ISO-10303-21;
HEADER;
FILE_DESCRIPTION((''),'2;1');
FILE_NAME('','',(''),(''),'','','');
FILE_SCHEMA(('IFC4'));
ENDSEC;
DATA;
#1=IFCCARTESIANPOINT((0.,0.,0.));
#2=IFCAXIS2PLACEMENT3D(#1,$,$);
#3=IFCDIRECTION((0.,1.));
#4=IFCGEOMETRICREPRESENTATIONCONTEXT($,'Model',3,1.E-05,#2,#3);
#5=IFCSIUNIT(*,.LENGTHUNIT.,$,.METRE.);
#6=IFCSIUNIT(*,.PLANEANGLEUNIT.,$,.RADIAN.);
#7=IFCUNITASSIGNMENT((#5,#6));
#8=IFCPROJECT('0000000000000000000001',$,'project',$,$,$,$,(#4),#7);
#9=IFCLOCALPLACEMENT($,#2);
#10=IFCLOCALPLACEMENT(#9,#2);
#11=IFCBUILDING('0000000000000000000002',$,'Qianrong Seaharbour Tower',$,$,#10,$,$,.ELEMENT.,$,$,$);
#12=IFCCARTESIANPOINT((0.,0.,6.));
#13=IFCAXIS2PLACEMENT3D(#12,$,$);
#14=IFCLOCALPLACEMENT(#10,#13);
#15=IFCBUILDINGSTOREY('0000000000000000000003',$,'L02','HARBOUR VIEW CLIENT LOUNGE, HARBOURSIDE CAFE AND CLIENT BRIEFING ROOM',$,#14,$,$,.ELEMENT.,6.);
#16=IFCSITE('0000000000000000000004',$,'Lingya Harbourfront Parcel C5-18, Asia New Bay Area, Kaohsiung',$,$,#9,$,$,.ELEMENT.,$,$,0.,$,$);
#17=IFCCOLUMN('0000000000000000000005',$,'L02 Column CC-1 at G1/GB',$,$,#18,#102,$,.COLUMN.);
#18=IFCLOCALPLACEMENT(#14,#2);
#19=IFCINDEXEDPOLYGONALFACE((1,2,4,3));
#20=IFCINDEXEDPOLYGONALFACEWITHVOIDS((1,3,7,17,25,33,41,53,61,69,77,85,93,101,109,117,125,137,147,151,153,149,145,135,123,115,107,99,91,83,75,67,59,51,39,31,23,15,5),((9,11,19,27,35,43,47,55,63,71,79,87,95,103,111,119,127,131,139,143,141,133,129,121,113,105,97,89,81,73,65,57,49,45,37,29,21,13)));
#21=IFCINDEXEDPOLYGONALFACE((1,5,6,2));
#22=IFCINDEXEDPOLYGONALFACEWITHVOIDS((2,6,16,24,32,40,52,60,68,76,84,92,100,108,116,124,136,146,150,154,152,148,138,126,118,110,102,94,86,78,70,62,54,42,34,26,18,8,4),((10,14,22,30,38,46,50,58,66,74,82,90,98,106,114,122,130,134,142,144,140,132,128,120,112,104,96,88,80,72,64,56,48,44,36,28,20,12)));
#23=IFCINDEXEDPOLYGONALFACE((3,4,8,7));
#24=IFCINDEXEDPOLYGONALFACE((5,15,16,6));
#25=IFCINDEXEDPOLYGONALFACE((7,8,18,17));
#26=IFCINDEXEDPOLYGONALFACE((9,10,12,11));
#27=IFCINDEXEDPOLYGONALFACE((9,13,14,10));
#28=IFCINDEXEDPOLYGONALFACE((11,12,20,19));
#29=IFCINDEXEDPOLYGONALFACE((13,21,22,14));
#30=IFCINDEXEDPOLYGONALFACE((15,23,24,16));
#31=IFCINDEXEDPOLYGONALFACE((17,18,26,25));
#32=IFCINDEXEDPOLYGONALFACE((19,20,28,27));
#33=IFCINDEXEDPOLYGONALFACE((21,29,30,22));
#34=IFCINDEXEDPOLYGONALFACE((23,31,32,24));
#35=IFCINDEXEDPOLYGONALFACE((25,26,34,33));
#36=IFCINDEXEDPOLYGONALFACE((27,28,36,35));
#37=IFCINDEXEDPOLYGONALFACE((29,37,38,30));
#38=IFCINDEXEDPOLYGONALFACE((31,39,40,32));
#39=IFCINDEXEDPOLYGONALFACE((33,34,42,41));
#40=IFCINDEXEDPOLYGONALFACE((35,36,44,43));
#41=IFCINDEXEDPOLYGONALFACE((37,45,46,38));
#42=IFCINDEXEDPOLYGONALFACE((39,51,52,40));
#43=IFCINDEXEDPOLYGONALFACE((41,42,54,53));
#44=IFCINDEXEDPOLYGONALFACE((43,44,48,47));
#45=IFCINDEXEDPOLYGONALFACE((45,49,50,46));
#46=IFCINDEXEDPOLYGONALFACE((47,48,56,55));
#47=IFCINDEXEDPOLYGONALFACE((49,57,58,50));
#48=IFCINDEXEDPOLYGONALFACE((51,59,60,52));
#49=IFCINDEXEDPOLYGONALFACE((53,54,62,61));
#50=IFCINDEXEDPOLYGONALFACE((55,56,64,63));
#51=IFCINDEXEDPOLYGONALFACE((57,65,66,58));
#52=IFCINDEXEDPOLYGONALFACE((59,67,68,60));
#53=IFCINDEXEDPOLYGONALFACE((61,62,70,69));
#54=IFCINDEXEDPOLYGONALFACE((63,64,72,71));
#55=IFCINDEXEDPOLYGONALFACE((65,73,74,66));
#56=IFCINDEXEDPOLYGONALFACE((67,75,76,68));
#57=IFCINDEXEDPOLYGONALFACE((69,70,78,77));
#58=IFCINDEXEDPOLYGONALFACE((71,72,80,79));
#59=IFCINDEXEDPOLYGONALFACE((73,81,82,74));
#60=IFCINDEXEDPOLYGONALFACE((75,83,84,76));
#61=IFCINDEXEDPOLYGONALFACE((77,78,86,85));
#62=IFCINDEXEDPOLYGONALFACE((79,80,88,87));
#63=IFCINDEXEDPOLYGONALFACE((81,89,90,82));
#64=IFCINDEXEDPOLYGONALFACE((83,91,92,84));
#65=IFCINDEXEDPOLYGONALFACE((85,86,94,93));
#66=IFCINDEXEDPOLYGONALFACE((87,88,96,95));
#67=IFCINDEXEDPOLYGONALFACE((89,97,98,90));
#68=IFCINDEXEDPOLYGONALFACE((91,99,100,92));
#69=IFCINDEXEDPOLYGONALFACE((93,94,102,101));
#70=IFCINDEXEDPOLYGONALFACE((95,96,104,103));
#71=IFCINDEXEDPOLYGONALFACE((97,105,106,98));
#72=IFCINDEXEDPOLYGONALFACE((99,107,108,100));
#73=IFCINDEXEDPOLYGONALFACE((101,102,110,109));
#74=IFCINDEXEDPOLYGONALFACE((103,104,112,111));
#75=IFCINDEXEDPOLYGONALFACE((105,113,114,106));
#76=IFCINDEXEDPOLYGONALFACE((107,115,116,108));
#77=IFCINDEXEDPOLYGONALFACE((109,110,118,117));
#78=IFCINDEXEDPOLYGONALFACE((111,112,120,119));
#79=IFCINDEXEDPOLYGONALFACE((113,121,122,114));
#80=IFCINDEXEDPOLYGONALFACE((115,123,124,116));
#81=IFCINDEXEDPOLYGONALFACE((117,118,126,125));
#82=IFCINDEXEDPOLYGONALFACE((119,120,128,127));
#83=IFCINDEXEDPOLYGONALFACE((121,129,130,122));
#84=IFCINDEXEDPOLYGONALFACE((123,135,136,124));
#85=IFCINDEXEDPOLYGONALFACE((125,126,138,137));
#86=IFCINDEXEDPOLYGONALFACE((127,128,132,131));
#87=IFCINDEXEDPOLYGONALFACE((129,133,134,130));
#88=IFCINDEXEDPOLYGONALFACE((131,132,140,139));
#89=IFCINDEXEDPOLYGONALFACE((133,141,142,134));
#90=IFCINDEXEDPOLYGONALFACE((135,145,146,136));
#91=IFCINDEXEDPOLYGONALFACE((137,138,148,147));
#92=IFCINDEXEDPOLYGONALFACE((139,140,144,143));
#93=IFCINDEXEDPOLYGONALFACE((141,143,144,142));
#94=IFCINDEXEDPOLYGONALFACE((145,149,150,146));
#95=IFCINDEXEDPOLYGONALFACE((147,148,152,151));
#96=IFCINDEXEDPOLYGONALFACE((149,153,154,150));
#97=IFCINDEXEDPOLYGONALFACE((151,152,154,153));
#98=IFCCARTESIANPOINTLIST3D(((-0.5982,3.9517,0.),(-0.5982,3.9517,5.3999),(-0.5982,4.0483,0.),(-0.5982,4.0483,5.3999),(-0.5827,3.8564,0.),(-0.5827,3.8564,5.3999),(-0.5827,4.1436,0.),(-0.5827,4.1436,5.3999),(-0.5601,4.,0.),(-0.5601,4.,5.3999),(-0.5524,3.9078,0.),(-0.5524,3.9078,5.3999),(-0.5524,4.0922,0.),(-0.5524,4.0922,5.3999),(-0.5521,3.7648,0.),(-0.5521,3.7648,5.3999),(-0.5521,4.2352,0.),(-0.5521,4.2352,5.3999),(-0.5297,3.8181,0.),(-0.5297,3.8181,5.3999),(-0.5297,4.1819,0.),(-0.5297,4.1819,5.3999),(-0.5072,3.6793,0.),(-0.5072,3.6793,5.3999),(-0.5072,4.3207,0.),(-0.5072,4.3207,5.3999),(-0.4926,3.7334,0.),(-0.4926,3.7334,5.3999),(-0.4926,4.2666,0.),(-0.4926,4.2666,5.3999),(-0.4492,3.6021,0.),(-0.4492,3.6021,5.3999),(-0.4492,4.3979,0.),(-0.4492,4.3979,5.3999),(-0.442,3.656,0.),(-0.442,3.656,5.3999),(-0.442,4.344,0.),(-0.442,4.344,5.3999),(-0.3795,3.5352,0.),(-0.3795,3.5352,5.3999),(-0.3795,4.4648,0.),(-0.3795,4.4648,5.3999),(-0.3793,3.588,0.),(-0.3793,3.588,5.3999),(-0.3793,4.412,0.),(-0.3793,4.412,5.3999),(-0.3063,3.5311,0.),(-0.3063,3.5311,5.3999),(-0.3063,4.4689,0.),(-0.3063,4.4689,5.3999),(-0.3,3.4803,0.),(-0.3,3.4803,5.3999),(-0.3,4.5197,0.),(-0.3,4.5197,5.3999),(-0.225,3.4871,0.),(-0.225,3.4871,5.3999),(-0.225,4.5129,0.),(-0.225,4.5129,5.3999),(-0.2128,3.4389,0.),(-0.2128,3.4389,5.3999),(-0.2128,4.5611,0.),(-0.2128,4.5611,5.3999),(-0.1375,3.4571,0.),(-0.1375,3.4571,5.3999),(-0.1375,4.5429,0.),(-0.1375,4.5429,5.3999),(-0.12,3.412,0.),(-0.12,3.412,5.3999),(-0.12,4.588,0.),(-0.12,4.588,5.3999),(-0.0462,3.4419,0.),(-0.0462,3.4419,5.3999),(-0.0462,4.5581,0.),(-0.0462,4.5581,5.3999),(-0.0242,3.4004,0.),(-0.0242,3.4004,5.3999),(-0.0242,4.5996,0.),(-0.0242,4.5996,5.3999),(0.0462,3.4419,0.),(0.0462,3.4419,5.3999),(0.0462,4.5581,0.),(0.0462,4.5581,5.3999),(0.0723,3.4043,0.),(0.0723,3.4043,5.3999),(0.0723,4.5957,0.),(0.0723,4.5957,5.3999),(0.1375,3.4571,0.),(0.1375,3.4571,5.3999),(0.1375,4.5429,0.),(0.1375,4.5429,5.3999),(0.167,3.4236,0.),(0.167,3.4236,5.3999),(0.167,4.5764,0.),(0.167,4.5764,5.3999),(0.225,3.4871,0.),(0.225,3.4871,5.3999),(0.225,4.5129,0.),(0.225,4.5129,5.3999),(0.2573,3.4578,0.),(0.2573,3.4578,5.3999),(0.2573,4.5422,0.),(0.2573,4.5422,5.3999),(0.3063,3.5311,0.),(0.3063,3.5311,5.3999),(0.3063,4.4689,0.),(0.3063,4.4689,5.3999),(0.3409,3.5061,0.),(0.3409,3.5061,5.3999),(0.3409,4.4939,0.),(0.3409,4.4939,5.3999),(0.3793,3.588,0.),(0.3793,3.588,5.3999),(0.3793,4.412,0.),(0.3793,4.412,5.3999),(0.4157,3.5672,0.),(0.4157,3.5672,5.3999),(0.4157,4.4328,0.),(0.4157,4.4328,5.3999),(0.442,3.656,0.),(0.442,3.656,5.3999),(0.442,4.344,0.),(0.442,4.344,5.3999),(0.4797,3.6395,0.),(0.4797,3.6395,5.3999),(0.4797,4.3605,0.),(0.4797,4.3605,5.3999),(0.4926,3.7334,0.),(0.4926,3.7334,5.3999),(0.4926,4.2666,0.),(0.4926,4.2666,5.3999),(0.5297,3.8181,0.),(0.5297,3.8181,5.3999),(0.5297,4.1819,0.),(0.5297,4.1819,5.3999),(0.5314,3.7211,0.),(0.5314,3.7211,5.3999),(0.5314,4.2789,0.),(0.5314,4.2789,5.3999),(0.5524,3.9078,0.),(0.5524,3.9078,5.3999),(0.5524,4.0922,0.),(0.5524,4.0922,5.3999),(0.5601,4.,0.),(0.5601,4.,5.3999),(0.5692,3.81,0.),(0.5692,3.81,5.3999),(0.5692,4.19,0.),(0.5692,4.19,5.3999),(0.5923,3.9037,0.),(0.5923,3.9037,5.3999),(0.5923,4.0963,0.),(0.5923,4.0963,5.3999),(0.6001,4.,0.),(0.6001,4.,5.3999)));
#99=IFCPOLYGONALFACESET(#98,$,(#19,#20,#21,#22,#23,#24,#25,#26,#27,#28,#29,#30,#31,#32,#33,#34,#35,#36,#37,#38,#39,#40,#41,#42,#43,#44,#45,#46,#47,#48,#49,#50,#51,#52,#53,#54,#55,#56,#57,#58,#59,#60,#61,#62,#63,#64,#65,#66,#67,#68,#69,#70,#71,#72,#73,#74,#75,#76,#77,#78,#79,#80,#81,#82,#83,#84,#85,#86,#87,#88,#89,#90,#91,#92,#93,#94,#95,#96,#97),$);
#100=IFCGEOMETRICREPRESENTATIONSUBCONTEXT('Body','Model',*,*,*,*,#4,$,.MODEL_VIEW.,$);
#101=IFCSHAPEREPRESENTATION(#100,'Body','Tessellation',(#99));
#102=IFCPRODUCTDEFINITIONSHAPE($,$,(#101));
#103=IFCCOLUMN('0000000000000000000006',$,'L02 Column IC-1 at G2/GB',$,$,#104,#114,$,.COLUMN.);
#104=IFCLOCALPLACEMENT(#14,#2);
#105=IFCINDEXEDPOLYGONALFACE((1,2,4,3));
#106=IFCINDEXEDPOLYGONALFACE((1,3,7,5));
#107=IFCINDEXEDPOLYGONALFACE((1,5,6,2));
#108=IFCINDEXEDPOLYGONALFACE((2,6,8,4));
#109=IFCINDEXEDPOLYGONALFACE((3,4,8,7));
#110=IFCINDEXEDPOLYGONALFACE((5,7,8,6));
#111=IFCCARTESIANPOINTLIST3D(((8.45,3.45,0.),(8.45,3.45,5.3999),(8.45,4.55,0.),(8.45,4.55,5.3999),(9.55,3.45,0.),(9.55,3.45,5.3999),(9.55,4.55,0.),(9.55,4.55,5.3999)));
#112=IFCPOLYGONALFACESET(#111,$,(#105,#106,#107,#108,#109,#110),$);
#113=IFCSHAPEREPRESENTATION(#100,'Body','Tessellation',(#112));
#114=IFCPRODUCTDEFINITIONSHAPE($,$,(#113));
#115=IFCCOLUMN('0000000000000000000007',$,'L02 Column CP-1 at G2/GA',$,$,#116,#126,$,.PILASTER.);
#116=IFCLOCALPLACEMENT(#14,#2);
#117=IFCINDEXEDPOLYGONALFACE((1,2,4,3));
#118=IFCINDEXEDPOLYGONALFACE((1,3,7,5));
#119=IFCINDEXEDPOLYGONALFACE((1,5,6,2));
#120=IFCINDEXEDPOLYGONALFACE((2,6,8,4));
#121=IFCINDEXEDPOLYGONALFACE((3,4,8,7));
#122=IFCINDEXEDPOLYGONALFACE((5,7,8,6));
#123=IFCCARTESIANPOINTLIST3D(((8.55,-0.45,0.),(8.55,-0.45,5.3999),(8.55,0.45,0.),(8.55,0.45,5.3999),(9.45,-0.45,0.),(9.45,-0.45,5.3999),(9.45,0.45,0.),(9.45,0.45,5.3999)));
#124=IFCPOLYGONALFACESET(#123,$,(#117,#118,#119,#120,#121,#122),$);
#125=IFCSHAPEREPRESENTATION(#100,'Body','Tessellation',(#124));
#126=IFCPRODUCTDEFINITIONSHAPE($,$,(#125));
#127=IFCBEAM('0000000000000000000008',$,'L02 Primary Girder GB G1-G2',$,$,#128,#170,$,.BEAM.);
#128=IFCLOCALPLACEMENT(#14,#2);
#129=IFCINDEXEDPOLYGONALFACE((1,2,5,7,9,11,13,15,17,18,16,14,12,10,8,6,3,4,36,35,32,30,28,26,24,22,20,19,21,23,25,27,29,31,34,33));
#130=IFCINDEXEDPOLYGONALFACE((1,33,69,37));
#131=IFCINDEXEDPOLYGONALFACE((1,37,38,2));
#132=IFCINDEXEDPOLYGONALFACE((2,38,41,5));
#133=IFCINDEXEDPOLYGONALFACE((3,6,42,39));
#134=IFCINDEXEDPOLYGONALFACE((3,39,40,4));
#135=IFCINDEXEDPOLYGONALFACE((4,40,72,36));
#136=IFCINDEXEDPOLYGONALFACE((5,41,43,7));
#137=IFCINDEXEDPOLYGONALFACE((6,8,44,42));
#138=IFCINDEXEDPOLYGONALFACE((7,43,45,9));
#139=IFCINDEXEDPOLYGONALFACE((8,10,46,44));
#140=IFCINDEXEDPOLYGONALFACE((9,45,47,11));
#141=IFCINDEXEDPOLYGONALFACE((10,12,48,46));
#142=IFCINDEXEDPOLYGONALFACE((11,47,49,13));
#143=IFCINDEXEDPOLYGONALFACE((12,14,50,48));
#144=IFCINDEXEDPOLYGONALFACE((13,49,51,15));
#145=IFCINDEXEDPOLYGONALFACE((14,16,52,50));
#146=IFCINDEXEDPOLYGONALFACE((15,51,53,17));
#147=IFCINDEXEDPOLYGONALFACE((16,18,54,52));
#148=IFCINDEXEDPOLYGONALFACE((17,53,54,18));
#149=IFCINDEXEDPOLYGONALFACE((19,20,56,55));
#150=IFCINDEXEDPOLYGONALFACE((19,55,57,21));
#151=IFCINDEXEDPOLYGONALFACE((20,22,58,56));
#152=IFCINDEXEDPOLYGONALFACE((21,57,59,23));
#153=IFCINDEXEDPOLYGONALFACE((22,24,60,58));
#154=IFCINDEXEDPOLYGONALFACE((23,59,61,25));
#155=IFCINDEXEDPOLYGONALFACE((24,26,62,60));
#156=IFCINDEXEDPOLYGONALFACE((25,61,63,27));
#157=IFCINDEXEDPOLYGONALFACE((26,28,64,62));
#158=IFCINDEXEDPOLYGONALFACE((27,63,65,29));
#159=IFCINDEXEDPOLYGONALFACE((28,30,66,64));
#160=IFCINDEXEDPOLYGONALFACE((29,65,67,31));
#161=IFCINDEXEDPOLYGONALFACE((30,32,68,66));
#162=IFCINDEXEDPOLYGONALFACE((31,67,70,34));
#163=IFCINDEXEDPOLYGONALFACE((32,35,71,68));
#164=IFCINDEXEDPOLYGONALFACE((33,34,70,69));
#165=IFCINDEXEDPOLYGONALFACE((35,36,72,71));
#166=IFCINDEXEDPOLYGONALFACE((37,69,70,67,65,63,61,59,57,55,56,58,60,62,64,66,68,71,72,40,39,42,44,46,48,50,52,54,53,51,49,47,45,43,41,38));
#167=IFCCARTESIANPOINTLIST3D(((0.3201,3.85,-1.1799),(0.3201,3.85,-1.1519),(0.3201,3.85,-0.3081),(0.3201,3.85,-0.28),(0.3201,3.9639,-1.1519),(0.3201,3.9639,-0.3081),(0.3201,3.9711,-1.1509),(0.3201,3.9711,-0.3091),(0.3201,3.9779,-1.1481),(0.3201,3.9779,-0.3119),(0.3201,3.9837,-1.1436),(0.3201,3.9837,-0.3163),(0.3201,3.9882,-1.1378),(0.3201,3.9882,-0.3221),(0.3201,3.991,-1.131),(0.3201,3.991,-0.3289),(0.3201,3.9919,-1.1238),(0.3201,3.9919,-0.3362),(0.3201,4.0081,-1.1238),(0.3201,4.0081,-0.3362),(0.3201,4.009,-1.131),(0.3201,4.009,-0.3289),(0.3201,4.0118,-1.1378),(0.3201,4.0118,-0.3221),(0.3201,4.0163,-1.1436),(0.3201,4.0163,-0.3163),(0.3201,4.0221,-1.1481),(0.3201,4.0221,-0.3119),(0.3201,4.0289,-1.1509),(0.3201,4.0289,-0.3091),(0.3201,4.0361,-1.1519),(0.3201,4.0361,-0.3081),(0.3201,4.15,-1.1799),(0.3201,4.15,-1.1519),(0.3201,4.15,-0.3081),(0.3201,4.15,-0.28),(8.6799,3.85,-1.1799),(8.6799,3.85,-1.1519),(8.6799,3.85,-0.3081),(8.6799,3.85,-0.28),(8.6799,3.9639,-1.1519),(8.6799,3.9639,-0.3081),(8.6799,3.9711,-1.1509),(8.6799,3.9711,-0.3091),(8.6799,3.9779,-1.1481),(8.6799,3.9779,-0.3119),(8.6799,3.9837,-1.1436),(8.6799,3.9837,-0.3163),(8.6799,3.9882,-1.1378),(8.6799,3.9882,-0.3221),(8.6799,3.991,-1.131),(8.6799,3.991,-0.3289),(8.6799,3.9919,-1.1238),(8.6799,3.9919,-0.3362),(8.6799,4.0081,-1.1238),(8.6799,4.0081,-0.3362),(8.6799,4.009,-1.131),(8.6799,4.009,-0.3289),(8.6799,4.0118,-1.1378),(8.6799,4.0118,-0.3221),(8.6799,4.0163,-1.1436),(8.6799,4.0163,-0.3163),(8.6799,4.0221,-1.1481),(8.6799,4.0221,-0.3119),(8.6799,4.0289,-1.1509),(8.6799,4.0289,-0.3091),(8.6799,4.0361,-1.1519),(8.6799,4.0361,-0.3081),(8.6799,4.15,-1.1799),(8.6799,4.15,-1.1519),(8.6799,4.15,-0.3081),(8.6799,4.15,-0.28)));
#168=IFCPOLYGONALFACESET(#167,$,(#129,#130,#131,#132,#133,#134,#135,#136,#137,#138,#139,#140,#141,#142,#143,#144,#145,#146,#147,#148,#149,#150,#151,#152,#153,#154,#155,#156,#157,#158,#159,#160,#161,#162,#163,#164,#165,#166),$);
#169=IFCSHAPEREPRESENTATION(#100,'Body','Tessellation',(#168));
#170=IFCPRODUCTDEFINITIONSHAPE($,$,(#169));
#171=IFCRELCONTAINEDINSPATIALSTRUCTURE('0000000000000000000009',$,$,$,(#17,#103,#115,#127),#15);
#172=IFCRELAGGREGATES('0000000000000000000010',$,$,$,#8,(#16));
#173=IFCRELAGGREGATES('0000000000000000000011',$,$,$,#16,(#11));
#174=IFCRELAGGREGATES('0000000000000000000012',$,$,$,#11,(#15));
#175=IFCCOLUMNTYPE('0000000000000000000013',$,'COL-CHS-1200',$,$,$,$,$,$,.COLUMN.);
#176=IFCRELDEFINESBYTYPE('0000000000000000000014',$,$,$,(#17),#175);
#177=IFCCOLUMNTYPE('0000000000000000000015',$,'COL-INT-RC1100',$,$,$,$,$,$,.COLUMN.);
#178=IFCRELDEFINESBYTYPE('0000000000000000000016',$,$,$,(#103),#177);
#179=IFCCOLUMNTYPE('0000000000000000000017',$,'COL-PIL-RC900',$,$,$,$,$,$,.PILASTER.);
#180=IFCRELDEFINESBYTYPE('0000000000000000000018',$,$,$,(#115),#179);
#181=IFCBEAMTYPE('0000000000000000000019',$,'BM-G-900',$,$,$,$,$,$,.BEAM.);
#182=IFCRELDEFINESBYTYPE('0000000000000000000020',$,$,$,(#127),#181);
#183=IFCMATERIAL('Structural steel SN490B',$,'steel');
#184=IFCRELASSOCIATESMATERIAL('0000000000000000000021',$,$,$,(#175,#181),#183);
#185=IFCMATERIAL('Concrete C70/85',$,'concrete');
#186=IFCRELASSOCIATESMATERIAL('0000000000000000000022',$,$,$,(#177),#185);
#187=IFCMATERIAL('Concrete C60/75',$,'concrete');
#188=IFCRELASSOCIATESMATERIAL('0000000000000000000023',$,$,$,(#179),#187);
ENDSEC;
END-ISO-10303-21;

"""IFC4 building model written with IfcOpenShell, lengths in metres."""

from ifc_helpers import new_model, si_unit, direction, frame, origin, origin_2d, place, context, subcontext, project, spatial, rectangle, hollow_circle, i_section, extrude, material, material_profile, profile_set, type_object, element, save


model = new_model("IFC4")

# Units and contexts
model_context = context("Model", 3, precision=1e-05, world=origin(), true_north=direction((0.0, 1.0)))
body_context = subcontext(model_context, "Body", "Model", "MODEL_VIEW")
ifc_project = project(units=[si_unit("LENGTHUNIT", "METRE"), si_unit("PLANEANGLEUNIT", "RADIAN")], contexts=[model_context])

# Site, building, storey
site_placement = place(None, origin())
site = spatial("IfcSite", under=ifc_project, at=site_placement, Name="Lingya Harbourfront Parcel C5-18, Asia New Bay Area, Kaohsiung", CompositionType="ELEMENT", RefElevation=0.0)
building_placement = place(site_placement, origin())
building = spatial("IfcBuilding", under=site, at=building_placement, Name="Qianrong Seaharbour Tower", CompositionType="ELEMENT")
storey_placement = place(building_placement, frame((0.0, 0.0, 6.0)))
storey = spatial("IfcBuildingStorey", under=building, at=storey_placement, Name="L02", Description="HARBOUR VIEW CLIENT LOUNGE, HARBOURSIDE CAFE AND CLIENT BRIEFING ROOM", CompositionType="ELEMENT", Elevation=6.0)

# Columns
ifc_material_1 = material(Name="Structural steel SN490B", Category="steel")
ifc_material_profile_1 = material_profile(ifc_material_1, hollow_circle(Radius=0.6001, WallThickness=0.04, at=origin_2d()), Name="CHS1200x40")
ifc_profile_set_1 = profile_set([ifc_material_profile_1], Name="Structural steel SN490B")
column_type_1 = type_object("IfcColumnType", Name="COL-CHS-1200", PredefinedType="COLUMN", material=ifc_profile_set_1)
column_1_placement = place(storey_placement, frame((0.0, 4.0, 0.0), z_axis=(0.0, 0.0, 1.0), x_axis=(1.0, 0.0, 0.0)))
element("IfcColumn", 1, at=column_1_placement, inside=storey, type_object=column_type_1, Name="L02 Column CC-1 at G1/GB", PredefinedType="COLUMN", context=body_context, shape_type="SweptSolid", body=[
    extrude(hollow_circle(Radius=0.6001, WallThickness=0.04, at=origin_2d()), origin(), (0.0, 0.0, 1.0), 5.3999),
])
ifc_material_2 = material(Name="Concrete C70/85", Category="concrete")
ifc_material_profile_2 = material_profile(ifc_material_2, rectangle(XDim=1.1001, YDim=1.1001, at=origin_2d()), Name="RC1100x1100")
ifc_profile_set_2 = profile_set([ifc_material_profile_2], Name="Concrete C70/85")
column_type_2 = type_object("IfcColumnType", Name="COL-INT-RC1100", PredefinedType="COLUMN", material=ifc_profile_set_2)
column_2_placement = place(storey_placement, frame((9.0, 4.0, 0.0), z_axis=(0.0, 0.0, 1.0), x_axis=(1.0, 0.0, 0.0)))
element("IfcColumn", 2, at=column_2_placement, inside=storey, type_object=column_type_2, Name="L02 Column IC-1 at G2/GB", PredefinedType="COLUMN", context=body_context, shape_type="SweptSolid", body=[
    extrude(rectangle(XDim=1.1001, YDim=1.1001, at=origin_2d()), origin(), (0.0, 0.0, 1.0), 5.3999),
])
ifc_material_3 = material(Name="Concrete C60/75", Category="concrete")
ifc_material_profile_3 = material_profile(ifc_material_3, rectangle(XDim=0.8999, YDim=0.8999, at=origin_2d()), Name="RC900x900")
ifc_profile_set_3 = profile_set([ifc_material_profile_3], Name="Concrete C60/75")
column_type_3 = type_object("IfcColumnType", Name="COL-PIL-RC900", PredefinedType="PILASTER", material=ifc_profile_set_3)
column_3_placement = place(storey_placement, frame((9.0, 0.0, 0.0), z_axis=(0.0, 0.0, 1.0), x_axis=(1.0, 0.0, 0.0)))
element("IfcColumn", 3, at=column_3_placement, inside=storey, type_object=column_type_3, Name="L02 Column CP-1 at G2/GA", PredefinedType="PILASTER", context=body_context, shape_type="SweptSolid", body=[
    extrude(rectangle(XDim=0.8999, YDim=0.8999, at=origin_2d()), origin(), (0.0, 0.0, 1.0), 5.3999),
])

# Beam
ifc_material_profile_4 = material_profile(ifc_material_1, i_section(OverallWidth=0.3, OverallDepth=0.8999, WebThickness=0.0161, FlangeThickness=0.0281, FilletRadius=0.0281, at=origin_2d()), Name="H900x300x16x28")
ifc_profile_set_4 = profile_set([ifc_material_profile_4], Name="Structural steel SN490B")
beam_type_1 = type_object("IfcBeamType", Name="BM-G-900", PredefinedType="BEAM", material=ifc_profile_set_4)
beam_1_placement = place(storey_placement, frame((0.3201, 4.0, -0.73), z_axis=(1.0, 0.0, 0.0), x_axis=(0.0, 1.0, 0.0)))
element("IfcBeam", 4, at=beam_1_placement, inside=storey, type_object=beam_type_1, Name="L02 Primary Girder GB G1-G2", PredefinedType="BEAM", context=body_context, shape_type="SweptSolid", body=[
    extrude(i_section(OverallWidth=0.3, OverallDepth=0.8999, WebThickness=0.0161, FlangeThickness=0.0281, FilletRadius=0.0281, at=origin_2d()), origin(), (0.0, 0.0, 1.0), 8.3599),
])

save(model, "model.ifc")
